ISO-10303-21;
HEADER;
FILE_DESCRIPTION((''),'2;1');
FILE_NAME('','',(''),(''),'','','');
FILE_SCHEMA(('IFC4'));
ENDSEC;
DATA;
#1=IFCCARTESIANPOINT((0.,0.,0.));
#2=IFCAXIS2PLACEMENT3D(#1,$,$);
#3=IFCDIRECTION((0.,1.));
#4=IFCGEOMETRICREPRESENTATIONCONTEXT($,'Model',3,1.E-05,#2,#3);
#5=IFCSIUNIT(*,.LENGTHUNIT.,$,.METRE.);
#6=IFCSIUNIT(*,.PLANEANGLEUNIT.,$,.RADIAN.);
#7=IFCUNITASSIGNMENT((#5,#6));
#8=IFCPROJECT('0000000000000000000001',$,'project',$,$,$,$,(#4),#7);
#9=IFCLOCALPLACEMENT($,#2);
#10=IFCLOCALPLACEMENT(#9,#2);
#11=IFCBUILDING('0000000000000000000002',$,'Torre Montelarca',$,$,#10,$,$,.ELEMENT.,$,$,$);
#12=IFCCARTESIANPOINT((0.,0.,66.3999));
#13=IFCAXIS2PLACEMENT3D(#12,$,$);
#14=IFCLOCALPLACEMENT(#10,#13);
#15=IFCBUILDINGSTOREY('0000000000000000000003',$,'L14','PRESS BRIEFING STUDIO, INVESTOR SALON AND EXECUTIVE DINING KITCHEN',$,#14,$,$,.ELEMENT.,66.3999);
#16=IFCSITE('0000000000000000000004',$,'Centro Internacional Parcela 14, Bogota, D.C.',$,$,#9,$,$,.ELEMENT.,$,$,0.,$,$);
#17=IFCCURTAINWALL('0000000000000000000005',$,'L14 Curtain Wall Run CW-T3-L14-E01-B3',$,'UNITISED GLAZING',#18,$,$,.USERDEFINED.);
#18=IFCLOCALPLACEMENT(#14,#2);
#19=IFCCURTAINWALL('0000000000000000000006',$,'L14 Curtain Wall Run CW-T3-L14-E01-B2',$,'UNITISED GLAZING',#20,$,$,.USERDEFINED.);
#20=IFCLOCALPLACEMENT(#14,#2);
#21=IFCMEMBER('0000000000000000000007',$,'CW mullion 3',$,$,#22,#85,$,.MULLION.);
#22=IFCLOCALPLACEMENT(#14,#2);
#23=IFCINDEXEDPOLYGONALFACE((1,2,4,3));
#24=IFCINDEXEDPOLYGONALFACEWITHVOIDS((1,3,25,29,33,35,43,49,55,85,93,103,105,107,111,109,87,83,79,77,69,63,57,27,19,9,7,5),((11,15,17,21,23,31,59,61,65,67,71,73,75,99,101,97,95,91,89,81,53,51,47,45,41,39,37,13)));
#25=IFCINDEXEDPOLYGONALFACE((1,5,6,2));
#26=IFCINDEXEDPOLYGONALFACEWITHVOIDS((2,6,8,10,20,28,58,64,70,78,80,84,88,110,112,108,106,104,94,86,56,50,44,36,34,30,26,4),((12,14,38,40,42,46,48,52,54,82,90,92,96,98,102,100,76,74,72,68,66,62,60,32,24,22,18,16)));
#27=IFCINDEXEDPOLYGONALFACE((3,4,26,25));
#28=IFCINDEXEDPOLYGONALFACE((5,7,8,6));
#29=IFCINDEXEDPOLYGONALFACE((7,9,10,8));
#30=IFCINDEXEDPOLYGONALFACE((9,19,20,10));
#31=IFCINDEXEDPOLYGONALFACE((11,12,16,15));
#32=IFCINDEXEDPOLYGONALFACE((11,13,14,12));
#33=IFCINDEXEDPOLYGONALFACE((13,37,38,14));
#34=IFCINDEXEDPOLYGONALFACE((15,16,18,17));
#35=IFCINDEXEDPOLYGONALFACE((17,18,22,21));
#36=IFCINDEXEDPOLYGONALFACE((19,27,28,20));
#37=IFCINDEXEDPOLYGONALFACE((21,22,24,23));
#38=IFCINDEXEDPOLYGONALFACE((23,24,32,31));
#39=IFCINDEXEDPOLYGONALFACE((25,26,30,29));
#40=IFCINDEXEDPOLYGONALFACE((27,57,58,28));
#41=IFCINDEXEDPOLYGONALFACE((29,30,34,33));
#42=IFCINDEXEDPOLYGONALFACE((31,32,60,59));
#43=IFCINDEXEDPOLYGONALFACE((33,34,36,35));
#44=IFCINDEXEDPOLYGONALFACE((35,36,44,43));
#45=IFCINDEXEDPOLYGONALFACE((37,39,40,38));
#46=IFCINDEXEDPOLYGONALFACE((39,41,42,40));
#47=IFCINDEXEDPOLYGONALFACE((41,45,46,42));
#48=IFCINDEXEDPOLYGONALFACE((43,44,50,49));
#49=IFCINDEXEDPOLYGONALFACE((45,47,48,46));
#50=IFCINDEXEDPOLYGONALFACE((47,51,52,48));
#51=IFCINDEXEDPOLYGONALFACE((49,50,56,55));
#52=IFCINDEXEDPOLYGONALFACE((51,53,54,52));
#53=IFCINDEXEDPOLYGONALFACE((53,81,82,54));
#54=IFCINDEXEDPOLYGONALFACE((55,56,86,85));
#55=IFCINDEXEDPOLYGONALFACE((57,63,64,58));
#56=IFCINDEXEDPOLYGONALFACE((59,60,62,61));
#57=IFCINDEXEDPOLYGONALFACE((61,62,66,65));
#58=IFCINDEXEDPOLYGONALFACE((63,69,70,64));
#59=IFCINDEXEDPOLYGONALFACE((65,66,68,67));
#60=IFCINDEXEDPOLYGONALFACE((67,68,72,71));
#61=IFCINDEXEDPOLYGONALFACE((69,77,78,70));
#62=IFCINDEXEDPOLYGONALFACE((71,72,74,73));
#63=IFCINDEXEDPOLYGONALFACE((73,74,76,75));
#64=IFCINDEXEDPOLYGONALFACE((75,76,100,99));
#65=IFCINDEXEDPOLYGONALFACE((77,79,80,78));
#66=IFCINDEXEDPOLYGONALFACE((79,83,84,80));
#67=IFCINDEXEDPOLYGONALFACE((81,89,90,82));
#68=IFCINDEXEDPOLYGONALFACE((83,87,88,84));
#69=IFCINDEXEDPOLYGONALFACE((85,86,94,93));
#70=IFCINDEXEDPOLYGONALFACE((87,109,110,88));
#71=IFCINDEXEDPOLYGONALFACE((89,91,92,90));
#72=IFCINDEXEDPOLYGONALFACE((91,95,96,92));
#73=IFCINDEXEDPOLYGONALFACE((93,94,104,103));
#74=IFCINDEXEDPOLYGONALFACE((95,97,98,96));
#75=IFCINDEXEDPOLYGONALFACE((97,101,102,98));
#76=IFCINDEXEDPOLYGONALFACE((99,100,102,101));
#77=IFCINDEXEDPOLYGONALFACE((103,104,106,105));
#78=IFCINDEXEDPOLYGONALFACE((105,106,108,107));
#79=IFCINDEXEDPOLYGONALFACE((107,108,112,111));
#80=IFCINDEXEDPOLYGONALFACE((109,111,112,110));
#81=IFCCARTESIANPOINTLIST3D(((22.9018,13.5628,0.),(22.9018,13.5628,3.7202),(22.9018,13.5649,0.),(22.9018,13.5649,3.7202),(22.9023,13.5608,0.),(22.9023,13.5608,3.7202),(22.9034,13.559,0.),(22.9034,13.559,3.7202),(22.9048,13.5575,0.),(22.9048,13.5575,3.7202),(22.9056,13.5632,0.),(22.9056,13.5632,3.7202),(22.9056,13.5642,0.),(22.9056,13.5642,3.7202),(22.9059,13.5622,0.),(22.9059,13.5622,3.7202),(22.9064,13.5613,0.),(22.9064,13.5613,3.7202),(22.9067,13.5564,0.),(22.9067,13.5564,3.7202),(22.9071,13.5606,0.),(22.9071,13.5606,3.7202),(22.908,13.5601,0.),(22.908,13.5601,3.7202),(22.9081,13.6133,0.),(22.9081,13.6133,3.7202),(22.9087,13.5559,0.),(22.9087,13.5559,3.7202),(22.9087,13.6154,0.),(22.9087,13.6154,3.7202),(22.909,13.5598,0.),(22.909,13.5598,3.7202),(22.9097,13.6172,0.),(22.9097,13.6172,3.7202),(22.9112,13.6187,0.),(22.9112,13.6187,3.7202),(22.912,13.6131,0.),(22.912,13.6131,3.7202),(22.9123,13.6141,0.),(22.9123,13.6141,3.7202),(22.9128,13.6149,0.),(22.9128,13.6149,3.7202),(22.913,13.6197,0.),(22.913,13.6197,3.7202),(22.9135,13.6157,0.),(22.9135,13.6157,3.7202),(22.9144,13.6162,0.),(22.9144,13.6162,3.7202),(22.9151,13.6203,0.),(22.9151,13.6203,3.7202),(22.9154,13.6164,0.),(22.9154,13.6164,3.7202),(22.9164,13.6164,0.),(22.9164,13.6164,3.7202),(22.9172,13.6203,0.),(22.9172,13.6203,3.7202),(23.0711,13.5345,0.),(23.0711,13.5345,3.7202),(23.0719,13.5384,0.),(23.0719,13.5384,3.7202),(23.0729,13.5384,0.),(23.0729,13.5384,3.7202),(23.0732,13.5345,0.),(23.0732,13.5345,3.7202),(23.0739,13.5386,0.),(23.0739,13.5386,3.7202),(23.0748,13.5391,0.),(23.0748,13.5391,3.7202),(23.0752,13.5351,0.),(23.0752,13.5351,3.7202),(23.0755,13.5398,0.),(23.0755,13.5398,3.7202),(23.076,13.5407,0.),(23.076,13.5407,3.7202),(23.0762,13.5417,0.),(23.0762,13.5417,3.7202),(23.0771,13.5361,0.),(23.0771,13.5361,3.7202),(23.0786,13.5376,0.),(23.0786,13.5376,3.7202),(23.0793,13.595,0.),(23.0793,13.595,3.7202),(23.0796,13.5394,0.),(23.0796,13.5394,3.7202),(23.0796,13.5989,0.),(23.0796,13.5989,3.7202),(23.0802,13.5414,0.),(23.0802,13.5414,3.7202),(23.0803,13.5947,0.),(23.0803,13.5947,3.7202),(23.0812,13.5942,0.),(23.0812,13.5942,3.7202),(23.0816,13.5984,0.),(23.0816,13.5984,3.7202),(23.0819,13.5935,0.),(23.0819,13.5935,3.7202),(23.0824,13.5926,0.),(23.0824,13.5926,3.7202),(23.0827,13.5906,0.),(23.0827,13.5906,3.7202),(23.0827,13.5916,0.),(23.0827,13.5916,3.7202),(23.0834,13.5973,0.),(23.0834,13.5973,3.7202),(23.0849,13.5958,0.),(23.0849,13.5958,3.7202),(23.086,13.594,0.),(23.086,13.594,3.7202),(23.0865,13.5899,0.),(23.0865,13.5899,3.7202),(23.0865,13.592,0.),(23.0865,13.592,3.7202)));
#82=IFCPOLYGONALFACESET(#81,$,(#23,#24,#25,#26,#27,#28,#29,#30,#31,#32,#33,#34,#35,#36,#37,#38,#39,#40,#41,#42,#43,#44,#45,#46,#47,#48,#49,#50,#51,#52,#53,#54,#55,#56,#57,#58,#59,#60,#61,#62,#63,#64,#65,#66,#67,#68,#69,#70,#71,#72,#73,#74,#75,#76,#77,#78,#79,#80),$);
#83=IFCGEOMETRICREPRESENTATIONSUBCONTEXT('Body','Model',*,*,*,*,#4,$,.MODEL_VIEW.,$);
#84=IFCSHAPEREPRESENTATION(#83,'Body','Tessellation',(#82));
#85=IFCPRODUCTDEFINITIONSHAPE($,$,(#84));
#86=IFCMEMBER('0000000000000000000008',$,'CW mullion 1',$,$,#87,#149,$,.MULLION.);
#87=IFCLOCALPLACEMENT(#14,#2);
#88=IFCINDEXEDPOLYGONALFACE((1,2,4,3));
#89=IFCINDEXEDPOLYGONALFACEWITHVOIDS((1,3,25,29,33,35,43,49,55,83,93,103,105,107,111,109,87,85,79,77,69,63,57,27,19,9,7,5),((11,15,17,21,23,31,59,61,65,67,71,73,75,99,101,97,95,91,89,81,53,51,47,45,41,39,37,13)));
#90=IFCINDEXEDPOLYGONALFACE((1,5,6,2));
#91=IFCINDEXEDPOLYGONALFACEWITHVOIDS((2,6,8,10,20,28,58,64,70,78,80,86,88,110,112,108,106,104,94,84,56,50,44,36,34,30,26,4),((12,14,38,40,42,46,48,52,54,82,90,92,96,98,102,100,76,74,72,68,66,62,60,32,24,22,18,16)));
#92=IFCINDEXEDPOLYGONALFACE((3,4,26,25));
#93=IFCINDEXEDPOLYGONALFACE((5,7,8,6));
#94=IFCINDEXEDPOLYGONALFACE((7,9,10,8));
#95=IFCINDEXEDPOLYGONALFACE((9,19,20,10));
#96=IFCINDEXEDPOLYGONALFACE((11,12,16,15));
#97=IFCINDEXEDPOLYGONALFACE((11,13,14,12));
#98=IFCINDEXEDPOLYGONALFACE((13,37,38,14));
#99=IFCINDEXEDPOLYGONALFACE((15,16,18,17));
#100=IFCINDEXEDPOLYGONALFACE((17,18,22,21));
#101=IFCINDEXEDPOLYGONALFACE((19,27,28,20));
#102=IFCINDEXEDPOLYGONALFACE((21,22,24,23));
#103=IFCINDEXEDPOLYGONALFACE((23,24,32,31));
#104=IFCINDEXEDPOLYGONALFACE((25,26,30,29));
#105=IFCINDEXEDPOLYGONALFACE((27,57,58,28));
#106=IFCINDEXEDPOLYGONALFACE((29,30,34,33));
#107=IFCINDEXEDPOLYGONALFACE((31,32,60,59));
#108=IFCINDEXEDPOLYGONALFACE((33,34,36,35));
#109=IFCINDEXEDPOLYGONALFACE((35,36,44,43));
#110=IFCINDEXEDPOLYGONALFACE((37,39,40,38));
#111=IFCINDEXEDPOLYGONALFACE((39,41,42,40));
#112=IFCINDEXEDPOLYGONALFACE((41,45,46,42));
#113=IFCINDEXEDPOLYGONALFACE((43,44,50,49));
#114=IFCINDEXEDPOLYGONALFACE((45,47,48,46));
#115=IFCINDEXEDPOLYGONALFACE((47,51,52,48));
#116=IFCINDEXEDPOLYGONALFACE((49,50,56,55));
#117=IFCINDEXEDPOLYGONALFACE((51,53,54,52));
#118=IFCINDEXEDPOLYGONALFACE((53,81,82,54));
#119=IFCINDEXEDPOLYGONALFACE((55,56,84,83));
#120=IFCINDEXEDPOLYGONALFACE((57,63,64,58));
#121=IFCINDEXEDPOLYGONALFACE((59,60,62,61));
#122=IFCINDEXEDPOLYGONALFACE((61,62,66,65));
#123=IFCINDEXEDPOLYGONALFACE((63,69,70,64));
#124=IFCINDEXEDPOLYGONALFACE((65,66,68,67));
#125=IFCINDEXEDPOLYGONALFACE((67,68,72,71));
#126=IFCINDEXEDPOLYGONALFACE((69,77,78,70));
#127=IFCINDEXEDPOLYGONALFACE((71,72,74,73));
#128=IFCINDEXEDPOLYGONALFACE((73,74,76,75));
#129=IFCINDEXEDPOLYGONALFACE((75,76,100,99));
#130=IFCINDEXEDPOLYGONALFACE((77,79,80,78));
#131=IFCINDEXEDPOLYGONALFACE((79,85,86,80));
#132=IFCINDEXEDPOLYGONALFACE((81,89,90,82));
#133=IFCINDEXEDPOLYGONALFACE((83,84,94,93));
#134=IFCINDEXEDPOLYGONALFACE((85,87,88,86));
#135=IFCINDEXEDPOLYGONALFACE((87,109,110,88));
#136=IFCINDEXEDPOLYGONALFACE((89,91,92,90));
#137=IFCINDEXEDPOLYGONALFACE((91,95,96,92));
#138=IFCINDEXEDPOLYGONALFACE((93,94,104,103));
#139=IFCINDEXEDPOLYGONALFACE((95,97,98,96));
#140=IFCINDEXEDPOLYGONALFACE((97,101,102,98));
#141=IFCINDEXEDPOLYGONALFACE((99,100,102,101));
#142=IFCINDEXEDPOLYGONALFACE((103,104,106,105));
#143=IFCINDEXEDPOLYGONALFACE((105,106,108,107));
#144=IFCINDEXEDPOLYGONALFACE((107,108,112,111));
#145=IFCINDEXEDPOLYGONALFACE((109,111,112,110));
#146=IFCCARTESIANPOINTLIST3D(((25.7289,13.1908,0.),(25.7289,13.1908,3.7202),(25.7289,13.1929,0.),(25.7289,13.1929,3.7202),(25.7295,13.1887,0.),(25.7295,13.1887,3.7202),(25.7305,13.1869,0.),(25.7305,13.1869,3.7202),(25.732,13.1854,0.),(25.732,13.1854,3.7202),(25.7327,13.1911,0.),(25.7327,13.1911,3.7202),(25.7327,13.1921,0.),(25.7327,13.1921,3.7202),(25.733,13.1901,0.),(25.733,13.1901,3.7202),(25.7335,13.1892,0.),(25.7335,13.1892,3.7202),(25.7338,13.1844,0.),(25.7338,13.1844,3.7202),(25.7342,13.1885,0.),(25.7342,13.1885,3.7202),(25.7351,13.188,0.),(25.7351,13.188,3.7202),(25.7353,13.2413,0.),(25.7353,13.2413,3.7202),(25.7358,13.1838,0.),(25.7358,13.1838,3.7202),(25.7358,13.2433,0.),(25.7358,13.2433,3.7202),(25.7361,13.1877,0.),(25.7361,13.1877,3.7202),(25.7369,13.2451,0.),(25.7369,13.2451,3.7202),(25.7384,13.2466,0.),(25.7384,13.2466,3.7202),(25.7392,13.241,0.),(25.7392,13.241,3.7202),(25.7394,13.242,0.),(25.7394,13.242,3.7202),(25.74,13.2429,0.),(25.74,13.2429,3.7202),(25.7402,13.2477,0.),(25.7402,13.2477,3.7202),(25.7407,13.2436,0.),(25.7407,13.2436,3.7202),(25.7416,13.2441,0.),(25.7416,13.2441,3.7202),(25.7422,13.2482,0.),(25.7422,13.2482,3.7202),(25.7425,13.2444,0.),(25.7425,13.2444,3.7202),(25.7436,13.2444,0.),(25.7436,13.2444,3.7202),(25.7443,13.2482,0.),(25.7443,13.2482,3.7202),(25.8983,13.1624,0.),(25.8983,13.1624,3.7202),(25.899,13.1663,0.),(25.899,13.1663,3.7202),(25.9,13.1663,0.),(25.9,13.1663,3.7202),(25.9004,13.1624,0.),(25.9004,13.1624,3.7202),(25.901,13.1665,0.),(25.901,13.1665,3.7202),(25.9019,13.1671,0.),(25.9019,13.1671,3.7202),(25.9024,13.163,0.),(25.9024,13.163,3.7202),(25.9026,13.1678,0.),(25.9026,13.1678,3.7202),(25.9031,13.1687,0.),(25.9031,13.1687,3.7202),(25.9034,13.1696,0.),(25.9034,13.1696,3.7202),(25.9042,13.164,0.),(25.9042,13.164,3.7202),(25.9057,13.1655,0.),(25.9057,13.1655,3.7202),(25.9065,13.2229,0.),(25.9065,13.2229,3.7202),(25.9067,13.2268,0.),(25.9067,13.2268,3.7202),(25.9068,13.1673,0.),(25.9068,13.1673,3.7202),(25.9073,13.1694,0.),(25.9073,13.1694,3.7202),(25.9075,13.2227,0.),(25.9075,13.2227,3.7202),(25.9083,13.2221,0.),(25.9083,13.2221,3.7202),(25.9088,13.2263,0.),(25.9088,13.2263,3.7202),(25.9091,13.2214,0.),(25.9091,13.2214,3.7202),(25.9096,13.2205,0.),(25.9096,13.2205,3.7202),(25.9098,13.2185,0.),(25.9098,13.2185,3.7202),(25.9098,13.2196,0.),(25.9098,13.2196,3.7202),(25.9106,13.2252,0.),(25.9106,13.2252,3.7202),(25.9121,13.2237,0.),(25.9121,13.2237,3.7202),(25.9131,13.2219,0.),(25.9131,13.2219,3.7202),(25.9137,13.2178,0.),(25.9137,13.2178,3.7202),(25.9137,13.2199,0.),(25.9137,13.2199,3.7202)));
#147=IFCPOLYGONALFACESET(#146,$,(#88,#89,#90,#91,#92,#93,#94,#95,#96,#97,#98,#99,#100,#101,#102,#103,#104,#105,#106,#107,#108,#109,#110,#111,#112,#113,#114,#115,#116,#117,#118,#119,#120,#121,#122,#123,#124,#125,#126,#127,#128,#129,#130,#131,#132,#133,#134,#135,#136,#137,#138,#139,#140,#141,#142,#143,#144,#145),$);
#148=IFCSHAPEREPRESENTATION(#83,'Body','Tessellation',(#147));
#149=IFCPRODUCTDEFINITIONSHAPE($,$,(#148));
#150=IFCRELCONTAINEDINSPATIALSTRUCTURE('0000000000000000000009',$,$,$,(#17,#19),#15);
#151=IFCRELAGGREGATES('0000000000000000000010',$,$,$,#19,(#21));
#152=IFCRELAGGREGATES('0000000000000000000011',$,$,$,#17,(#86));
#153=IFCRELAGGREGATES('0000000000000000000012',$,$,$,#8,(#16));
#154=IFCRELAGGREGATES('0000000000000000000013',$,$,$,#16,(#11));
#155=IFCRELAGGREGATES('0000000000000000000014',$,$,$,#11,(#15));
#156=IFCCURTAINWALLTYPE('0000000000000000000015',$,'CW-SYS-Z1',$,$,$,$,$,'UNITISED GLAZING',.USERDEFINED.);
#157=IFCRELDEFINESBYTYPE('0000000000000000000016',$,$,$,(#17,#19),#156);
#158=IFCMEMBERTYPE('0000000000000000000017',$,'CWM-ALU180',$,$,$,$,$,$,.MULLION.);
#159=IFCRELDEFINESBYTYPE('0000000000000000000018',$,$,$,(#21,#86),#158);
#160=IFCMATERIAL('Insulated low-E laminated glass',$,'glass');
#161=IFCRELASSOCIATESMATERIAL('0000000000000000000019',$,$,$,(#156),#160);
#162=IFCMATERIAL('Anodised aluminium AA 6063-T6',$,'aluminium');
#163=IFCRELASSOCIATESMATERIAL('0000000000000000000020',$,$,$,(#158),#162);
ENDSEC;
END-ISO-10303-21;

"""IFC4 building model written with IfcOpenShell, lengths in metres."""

from ifc_helpers import new_model, si_unit, direction, frame, origin, origin_2d, place, context, subcontext, project, spatial, hollow_rectangle, extrude, source, transform, mapped, material, material_profile, profile_set, type_object, element, aggregate, save


model = new_model("IFC4")

# Units and contexts
model_context = context("Model", 3, precision=1e-05, world=origin(), true_north=direction((0.0, 1.0)))
body_context = subcontext(model_context, "Body", "Model", "MODEL_VIEW")
ifc_project = project(units=[si_unit("LENGTHUNIT", "METRE"), si_unit("PLANEANGLEUNIT", "RADIAN")], contexts=[model_context])

# Site, building, storey
site_placement = place(None, origin())
site = spatial("IfcSite", under=ifc_project, at=site_placement, Name="Centro Internacional Parcela 14, Bogota, D.C.", CompositionType="ELEMENT", RefElevation=0.0)
building_placement = place(site_placement, origin())
building = spatial("IfcBuilding", under=site, at=building_placement, Name="Torre Montelarca", CompositionType="ELEMENT")
storey_placement = place(building_placement, frame((0.0, 0.0, 66.3999)))
storey = spatial("IfcBuildingStorey", under=building, at=storey_placement, Name="L14", Description="PRESS BRIEFING STUDIO, INVESTOR SALON AND EXECUTIVE DINING KITCHEN", CompositionType="ELEMENT", Elevation=66.3999)

# Curtain wall
ifc_material_1 = material(Name="Insulated low-E laminated glass", Category="glass")
curtain_wall_type = type_object("IfcCurtainWallType", Name="CW-SYS-Z1", ElementType="UNITISED GLAZING", PredefinedType="USERDEFINED", material=ifc_material_1)
curtain_wall_1_placement = place(storey_placement, origin())
curtain_wall_1 = element("IfcCurtainWall", 1, at=curtain_wall_1_placement, inside=storey, type_object=curtain_wall_type, Name="L14 Curtain Wall Run CW-T3-L14-E01-B3", ObjectType="UNITISED GLAZING", PredefinedType="USERDEFINED")
ifc_material_2 = material(Name="Anodised aluminium AA 6063-T6", Category="aluminium")

# Curtain wall, member
curtain_wall_2_placement = place(storey_placement, origin())
curtain_wall_2 = element("IfcCurtainWall", 2, at=curtain_wall_2_placement, inside=storey, type_object=curtain_wall_type, Name="L14 Curtain Wall Run CW-T3-L14-E01-B2", ObjectType="UNITISED GLAZING", PredefinedType="USERDEFINED")
ifc_material_profile_1 = material_profile(ifc_material_2, hollow_rectangle(XDim=0.0649, YDim=0.1799, WallThickness=0.0039, InnerFilletRadius=0.0039, OuterFilletRadius=0.0081, at=origin_2d()), Name="ALU65X180X4", Category="aluminium")
ifc_profile_set_1 = profile_set([ifc_material_profile_1], Name="Anodised aluminium AA 6063-T6")
member_type_1 = type_object("IfcMemberType", Name="CWM-ALU180", PredefinedType="MULLION", material=ifc_profile_set_1)
shared_shape_1 = source(origin(), body_context, "Body", "SweptSolid", [
    extrude(hollow_rectangle(XDim=0.0649, YDim=0.1799, WallThickness=0.0039, InnerFilletRadius=0.0039, OuterFilletRadius=0.0081, at=origin_2d()), origin(), (0.0, 0.0, 1.0), 3.7202),
])
member_1_placement = place(storey_placement, frame((22.9941, 13.5774, 0.0), z_axis=(0.0, 0.0, 1.0), x_axis=(0.130508, 0.991447, 0.0)))
member_1 = element("IfcMember", 3, at=member_1_placement, type_object=member_type_1, Name="CW mullion 3", PredefinedType="MULLION", context=body_context, shape_type="MappedRepresentation", body=[
    mapped(shared_shape_1, transform((0.0, 0.0, 0.0), scale=1.0)),
])

# Member
member_2_placement = place(storey_placement, frame((25.8213, 13.2053, 0.0), z_axis=(0.0, 0.0, 1.0), x_axis=(0.13052, 0.991446, 0.0)))
member_2 = element("IfcMember", 4, at=member_2_placement, type_object=member_type_1, Name="CW mullion 1", PredefinedType="MULLION", context=body_context, shape_type="MappedRepresentation", body=[
    mapped(shared_shape_1, transform((0.0, 0.0, 0.0), scale=1.0)),
])

aggregate(curtain_wall_2, [member_1])
aggregate(curtain_wall_1, [member_2])

save(model, "model.ifc")
